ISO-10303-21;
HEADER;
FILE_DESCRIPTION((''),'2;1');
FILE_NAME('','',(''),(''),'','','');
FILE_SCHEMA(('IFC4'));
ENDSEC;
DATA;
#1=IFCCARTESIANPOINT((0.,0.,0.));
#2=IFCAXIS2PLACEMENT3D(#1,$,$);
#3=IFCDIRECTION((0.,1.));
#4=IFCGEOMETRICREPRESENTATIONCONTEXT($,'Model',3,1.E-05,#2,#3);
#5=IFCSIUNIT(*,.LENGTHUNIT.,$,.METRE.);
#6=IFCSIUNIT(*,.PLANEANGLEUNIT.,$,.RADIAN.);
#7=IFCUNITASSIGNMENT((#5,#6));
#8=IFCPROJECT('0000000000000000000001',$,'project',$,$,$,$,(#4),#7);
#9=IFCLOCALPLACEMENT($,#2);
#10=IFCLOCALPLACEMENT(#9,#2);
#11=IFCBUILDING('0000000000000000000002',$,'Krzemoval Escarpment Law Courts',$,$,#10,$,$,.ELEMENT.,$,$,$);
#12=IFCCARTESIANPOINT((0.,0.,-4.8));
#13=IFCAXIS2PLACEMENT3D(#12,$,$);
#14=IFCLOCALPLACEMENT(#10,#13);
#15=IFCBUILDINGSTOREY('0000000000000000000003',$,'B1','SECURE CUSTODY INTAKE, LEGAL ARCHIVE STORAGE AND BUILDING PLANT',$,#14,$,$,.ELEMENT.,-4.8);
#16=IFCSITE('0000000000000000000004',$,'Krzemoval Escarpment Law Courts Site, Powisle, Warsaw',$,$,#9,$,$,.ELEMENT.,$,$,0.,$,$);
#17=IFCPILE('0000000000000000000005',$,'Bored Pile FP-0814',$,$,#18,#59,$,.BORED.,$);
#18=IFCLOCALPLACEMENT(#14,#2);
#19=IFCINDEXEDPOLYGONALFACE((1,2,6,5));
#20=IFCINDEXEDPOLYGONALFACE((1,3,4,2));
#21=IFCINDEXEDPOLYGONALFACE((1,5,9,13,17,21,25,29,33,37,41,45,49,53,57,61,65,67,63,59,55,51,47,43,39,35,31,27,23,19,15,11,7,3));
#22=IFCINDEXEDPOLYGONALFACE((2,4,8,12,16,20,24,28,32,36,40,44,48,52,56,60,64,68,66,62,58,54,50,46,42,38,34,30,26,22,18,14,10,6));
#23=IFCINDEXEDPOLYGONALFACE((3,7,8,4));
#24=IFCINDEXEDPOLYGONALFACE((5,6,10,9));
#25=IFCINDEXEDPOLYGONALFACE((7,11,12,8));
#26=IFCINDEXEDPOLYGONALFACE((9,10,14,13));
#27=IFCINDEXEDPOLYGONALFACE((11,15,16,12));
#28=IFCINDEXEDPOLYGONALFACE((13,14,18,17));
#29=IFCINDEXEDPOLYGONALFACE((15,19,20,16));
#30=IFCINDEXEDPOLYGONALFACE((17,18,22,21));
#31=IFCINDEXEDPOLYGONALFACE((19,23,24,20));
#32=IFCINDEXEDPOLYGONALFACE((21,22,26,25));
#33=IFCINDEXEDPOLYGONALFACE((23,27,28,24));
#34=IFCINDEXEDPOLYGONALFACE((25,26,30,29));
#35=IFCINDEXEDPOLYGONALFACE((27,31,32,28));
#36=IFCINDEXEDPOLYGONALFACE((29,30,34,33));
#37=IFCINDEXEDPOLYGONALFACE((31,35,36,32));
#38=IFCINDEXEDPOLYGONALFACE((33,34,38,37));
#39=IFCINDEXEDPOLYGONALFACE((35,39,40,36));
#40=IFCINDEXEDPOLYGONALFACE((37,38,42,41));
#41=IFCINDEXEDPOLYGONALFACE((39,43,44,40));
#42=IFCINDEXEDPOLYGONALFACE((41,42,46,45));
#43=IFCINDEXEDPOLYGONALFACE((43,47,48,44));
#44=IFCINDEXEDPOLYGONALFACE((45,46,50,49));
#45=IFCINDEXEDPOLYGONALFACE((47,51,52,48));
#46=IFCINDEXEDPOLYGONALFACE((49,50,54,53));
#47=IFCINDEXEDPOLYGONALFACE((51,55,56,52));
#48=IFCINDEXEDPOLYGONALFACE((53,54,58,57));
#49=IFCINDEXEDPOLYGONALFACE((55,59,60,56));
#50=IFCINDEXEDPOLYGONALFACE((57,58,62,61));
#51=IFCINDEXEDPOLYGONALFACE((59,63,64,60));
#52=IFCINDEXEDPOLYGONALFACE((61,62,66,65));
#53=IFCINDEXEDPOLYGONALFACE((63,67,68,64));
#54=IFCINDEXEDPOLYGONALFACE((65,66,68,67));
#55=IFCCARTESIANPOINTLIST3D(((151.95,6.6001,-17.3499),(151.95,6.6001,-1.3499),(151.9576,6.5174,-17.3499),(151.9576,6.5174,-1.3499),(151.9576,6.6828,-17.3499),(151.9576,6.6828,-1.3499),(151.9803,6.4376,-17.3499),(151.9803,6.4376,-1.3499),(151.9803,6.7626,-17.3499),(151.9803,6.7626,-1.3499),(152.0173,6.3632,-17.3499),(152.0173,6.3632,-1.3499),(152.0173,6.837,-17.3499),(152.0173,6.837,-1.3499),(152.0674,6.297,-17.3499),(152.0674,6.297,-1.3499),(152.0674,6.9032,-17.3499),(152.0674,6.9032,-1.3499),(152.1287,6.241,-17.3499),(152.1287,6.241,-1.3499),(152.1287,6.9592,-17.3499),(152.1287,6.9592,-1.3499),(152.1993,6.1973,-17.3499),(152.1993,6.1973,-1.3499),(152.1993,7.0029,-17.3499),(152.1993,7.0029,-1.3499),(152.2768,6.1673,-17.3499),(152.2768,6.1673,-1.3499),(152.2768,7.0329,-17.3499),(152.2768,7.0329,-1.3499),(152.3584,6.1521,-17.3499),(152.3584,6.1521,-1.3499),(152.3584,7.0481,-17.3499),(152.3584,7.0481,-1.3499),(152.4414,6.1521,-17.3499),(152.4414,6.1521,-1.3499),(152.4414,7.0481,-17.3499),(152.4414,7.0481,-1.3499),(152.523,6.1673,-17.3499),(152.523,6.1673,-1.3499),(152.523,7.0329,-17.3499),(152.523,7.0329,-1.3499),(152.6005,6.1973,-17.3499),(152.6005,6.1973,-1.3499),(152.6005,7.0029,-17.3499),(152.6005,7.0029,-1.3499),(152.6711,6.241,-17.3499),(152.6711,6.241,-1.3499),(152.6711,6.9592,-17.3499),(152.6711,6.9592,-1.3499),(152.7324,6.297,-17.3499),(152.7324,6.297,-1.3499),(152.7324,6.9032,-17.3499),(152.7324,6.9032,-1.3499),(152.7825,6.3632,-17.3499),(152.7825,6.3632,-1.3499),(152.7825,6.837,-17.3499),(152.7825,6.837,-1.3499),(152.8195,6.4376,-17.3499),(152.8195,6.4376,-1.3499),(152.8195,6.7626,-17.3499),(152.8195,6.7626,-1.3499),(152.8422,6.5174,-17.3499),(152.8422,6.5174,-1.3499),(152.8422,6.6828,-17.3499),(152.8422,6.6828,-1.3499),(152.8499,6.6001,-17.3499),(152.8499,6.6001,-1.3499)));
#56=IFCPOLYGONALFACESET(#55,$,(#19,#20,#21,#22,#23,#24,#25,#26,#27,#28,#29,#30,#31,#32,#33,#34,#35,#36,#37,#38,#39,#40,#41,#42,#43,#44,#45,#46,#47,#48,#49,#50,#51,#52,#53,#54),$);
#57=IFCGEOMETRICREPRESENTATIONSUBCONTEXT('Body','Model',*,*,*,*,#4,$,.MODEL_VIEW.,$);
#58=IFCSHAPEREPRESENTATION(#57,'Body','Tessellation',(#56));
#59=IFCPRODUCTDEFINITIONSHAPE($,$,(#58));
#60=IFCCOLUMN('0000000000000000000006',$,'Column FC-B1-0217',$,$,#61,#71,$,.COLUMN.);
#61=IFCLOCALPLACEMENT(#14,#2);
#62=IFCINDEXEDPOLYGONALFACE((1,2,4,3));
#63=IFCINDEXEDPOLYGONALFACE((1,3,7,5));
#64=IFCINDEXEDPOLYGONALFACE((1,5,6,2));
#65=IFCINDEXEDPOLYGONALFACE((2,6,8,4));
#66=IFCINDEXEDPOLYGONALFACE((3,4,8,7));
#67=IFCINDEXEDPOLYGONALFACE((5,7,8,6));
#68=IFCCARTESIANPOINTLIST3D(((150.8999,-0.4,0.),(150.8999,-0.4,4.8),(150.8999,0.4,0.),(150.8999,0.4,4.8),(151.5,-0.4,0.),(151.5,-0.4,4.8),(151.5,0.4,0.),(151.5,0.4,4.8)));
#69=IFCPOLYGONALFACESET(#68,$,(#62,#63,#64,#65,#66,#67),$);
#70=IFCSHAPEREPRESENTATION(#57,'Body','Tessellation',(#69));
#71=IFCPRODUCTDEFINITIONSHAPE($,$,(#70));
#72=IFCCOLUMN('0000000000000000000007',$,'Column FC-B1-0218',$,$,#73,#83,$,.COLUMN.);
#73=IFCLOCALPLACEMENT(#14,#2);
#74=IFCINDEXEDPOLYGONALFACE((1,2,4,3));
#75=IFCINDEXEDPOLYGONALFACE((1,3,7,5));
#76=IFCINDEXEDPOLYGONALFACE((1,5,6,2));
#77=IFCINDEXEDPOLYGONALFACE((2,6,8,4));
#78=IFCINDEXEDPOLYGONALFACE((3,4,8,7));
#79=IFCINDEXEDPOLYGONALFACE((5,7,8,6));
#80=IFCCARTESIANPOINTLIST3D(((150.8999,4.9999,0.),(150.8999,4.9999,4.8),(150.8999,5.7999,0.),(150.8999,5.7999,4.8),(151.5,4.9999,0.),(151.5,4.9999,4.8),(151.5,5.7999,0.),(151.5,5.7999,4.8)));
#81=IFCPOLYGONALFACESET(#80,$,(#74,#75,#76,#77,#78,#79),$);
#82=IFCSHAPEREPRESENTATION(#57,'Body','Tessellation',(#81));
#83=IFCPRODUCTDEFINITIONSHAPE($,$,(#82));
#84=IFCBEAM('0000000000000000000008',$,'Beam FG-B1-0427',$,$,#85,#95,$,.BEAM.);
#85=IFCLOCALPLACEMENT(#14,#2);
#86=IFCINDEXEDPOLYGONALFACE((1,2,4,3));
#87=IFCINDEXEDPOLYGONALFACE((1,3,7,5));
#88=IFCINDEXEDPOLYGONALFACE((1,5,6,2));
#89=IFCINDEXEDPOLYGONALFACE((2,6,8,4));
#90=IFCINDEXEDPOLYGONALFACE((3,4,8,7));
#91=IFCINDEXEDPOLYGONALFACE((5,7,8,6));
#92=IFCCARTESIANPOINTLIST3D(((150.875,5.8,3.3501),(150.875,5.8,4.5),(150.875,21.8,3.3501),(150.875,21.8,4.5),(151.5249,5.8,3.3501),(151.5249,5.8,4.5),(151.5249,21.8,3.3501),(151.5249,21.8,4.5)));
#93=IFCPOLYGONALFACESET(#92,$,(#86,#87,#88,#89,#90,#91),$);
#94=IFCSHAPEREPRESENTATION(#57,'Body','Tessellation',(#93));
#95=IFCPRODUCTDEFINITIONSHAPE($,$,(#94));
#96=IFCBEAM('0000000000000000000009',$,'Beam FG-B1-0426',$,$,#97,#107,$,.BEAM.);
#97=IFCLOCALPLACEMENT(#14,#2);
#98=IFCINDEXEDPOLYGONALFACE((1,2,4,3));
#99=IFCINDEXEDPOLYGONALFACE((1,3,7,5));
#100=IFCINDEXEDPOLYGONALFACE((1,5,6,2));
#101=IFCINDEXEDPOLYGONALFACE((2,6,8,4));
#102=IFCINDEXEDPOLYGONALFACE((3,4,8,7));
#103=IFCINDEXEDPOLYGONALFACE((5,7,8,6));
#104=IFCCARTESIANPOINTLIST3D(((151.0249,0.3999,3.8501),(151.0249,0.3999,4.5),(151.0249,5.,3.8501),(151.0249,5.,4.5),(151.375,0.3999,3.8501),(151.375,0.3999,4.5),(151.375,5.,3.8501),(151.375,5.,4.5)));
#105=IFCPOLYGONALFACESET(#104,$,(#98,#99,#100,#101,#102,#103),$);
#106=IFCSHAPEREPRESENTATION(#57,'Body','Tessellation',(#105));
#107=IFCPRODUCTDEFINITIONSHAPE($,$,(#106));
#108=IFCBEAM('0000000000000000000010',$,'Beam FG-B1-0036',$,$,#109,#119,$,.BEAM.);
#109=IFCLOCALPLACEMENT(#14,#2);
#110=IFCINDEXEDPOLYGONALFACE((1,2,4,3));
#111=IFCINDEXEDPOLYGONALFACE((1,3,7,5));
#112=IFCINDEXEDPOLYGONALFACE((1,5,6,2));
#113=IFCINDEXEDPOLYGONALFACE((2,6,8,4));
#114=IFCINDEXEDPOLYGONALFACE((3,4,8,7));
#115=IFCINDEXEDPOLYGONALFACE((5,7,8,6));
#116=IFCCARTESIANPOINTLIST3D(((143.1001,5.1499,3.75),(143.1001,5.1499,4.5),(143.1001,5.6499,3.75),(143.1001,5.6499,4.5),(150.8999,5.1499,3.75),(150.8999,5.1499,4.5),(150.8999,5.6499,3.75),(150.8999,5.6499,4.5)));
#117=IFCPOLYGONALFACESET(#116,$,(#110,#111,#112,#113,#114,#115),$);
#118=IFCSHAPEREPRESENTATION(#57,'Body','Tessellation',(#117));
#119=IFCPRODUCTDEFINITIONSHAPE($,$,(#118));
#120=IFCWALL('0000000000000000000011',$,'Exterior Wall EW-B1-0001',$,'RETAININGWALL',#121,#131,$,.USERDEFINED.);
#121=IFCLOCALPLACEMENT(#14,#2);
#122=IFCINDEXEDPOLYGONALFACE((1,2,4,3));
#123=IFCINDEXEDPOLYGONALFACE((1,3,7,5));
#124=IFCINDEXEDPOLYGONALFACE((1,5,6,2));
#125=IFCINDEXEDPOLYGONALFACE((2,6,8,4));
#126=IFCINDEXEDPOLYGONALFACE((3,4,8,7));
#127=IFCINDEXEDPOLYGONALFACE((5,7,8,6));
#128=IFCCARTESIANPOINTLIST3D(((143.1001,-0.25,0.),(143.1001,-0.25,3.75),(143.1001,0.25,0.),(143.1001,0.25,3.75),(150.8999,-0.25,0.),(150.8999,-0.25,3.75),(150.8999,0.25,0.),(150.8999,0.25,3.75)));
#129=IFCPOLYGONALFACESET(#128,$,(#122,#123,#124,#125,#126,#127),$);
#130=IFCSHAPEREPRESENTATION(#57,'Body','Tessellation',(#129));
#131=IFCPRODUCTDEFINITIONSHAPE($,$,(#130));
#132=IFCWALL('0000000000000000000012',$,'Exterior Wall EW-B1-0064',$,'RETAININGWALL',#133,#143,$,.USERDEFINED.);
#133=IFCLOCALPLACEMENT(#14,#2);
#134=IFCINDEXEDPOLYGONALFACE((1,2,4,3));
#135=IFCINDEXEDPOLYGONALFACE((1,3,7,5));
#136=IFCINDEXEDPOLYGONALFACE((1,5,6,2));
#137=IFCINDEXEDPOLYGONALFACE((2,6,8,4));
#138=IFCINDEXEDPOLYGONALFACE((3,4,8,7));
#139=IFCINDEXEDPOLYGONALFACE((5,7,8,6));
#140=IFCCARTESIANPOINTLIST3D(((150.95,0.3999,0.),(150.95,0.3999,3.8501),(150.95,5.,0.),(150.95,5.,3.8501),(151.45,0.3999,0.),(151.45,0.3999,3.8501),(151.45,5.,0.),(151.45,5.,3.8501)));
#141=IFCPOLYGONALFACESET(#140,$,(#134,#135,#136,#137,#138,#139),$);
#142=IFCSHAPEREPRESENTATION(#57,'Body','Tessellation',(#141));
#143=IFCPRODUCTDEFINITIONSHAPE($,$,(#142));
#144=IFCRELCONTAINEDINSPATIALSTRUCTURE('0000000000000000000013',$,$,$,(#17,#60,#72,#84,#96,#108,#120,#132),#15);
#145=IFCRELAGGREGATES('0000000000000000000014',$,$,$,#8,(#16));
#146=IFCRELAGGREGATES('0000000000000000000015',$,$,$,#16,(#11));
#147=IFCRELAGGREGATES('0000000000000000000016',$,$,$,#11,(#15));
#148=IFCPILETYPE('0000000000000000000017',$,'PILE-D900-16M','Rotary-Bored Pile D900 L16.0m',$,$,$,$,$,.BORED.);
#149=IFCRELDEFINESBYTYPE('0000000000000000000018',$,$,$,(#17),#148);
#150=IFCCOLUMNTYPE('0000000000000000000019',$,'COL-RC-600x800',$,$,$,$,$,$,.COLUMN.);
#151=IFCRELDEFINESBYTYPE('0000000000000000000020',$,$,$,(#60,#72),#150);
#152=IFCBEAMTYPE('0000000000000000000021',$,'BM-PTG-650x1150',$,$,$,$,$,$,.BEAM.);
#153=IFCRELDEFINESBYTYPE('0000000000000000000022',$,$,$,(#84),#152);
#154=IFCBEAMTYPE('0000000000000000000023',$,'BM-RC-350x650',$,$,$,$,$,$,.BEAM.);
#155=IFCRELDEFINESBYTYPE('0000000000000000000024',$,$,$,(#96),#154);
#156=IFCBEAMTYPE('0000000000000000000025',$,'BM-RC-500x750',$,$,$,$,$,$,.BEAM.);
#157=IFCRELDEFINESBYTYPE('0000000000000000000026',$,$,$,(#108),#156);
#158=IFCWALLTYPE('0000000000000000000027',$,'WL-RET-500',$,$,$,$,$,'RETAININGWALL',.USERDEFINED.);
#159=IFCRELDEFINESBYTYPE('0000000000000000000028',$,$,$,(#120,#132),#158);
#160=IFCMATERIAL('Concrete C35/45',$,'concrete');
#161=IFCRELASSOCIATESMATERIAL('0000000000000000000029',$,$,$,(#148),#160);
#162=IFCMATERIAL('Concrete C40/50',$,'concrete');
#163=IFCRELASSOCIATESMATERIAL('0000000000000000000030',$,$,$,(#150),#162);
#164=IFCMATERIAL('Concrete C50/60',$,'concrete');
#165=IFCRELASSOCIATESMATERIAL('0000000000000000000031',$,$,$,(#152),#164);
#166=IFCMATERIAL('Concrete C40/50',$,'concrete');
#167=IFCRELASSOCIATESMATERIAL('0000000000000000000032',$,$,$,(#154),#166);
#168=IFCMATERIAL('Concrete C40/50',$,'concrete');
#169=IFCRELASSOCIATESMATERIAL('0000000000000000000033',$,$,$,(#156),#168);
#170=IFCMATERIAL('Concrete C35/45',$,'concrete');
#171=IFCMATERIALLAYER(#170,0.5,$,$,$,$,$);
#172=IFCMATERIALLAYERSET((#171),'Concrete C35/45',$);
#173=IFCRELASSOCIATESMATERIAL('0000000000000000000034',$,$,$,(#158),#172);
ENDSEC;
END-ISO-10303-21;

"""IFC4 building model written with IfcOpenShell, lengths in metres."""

from ifc_helpers import new_model, si_unit, direction, frame, frame_2d, origin, origin_2d, place, context, subcontext, project, spatial, rectangle, circle, extrude, material, layer, layer_set, material_profile, profile_set, type_object, element, save


model = new_model("IFC4")

# Units and contexts
model_context = context("Model", 3, precision=1e-05, world=origin(), true_north=direction((0.0, 1.0)))
body_context = subcontext(model_context, "Body", "Model", "MODEL_VIEW")
ifc_project = project(units=[si_unit("LENGTHUNIT", "METRE"), si_unit("PLANEANGLEUNIT", "RADIAN")], contexts=[model_context])

# Site, building, storey
site_placement = place(None, origin())
site = spatial("IfcSite", under=ifc_project, at=site_placement, Name="Krzemoval Escarpment Law Courts Site, Powisle, Warsaw", CompositionType="ELEMENT", RefElevation=0.0)
building_placement = place(site_placement, origin())
building = spatial("IfcBuilding", under=site, at=building_placement, Name="Krzemoval Escarpment Law Courts", CompositionType="ELEMENT")
storey_placement = place(building_placement, frame((0.0, 0.0, -4.8)))
storey = spatial("IfcBuildingStorey", under=building, at=storey_placement, Name="B1", Description="SECURE CUSTODY INTAKE, LEGAL ARCHIVE STORAGE AND BUILDING PLANT", CompositionType="ELEMENT", Elevation=-4.8)

# Pile
ifc_material_1 = material(Name="Concrete C35/45", Category="concrete")
ifc_material_profile_1 = material_profile(ifc_material_1, circle(Radius=0.45, at=origin_2d()), Name="PILE D900")
ifc_profile_set_1 = profile_set([ifc_material_profile_1], Name="Concrete C35/45")
pile_type = type_object("IfcPileType", Name="PILE-D900-16M", Description="Rotary-Bored Pile D900 L16.0m", PredefinedType="BORED", material=ifc_profile_set_1)
for number, where, z_axis, x_axis, name in (
    (1, (152.3999, 6.6001, -1.3499), (0.0, 0.0, -1.0), (1.0, 0.0, 0.0), "Bored Pile FP-0814"),
):
    element("IfcPile", number, at=place(storey_placement, frame(where, z_axis=z_axis, x_axis=x_axis)), inside=storey, type_object=pile_type, Name=name, PredefinedType="BORED", context=body_context, shape_type="SweptSolid", body=[
        extrude(circle(Radius=0.45, at=origin_2d()), origin(), (0.0, 0.0, 1.0), 16.0),
    ])

# Columns
ifc_material_2 = material(Name="Concrete C40/50", Category="concrete")
ifc_material_profile_2 = material_profile(ifc_material_2, rectangle(XDim=0.6001, YDim=0.8, at=origin_2d()), Name="RC 600x800")
ifc_profile_set_2 = profile_set([ifc_material_profile_2], Name="Concrete C40/50")
column_type = type_object("IfcColumnType", Name="COL-RC-600x800", PredefinedType="COLUMN", material=ifc_profile_set_2)
for number, where, z_axis, x_axis, name in (
    (2, (151.2, 0.0, 0.0), (0.0, 0.0, 1.0), (1.0, 0.0, 0.0), "Column FC-B1-0217"),
    (3, (151.2, 5.3999, 0.0), (0.0, 0.0, 1.0), (1.0, 0.0, 0.0), "Column FC-B1-0218"),
):
    element("IfcColumn", number, at=place(storey_placement, frame(where, z_axis=z_axis, x_axis=x_axis)), inside=storey, type_object=column_type, Name=name, PredefinedType="COLUMN", context=body_context, shape_type="SweptSolid", body=[
        extrude(rectangle(XDim=0.6001, YDim=0.8, at=origin_2d()), origin(), (0.0, 0.0, 1.0), 4.8),
    ])

# Beams
ifc_material_3 = material(Name="Concrete C50/60", Category="concrete")
ifc_material_profile_3 = material_profile(ifc_material_3, rectangle(XDim=0.6499, YDim=1.1499, at=origin_2d()), Name="PTG 650x1150")
ifc_profile_set_3 = profile_set([ifc_material_profile_3], Name="Concrete C50/60")
beam_type_1 = type_object("IfcBeamType", Name="BM-PTG-650x1150", PredefinedType="BEAM", material=ifc_profile_set_3)
beam_1_placement = place(storey_placement, frame((151.2, 5.8, 3.925), z_axis=(0.0, 1.0, 0.0), x_axis=(-1.0, 0.0, 0.0)))
element("IfcBeam", 4, at=beam_1_placement, inside=storey, type_object=beam_type_1, Name="Beam FG-B1-0427", PredefinedType="BEAM", context=body_context, shape_type="SweptSolid", body=[
    extrude(rectangle(XDim=0.6499, YDim=1.1499, at=origin_2d()), origin(), (0.0, 0.0, 1.0), 16.0),
])
ifc_material_4 = material(Name="Concrete C40/50", Category="concrete")
ifc_material_profile_4 = material_profile(ifc_material_4, rectangle(XDim=0.3501, YDim=0.6499, at=origin_2d()), Name="RCB 350x650")
ifc_profile_set_4 = profile_set([ifc_material_profile_4], Name="Concrete C40/50")
beam_type_2 = type_object("IfcBeamType", Name="BM-RC-350x650", PredefinedType="BEAM", material=ifc_profile_set_4)
beam_2_placement = place(storey_placement, frame((151.2, 0.3999, 4.175), z_axis=(0.0, 1.0, 0.0), x_axis=(-1.0, 0.0, 0.0)))
element("IfcBeam", 5, at=beam_2_placement, inside=storey, type_object=beam_type_2, Name="Beam FG-B1-0426", PredefinedType="BEAM", context=body_context, shape_type="SweptSolid", body=[
    extrude(rectangle(XDim=0.3501, YDim=0.6499, at=origin_2d()), origin(), (0.0, 0.0, 1.0), 4.6001),
])
ifc_material_5 = material(Name="Concrete C40/50", Category="concrete")
ifc_material_profile_5 = material_profile(ifc_material_5, rectangle(XDim=0.5, YDim=0.75, at=origin_2d()), Name="RCB 500x750")
ifc_profile_set_5 = profile_set([ifc_material_profile_5], Name="Concrete C40/50")
beam_type_3 = type_object("IfcBeamType", Name="BM-RC-500x750", PredefinedType="BEAM", material=ifc_profile_set_5)
beam_3_placement = place(storey_placement, frame((143.1001, 5.3999, 4.125), z_axis=(1.0, 0.0, 0.0), x_axis=(0.0, 1.0, 0.0)))
element("IfcBeam", 6, at=beam_3_placement, inside=storey, type_object=beam_type_3, Name="Beam FG-B1-0036", PredefinedType="BEAM", context=body_context, shape_type="SweptSolid", body=[
    extrude(rectangle(XDim=0.5, YDim=0.75, at=origin_2d()), origin(), (0.0, 0.0, 1.0), 7.7998),
])

# Walls
ifc_material_6 = material(Name="Concrete C35/45", Category="concrete")
ifc_layer = layer(ifc_material_6, 0.5)
ifc_layer_set = layer_set([ifc_layer], Name="Concrete C35/45")
wall_type = type_object("IfcWallType", Name="WL-RET-500", ElementType="RETAININGWALL", PredefinedType="USERDEFINED", material=ifc_layer_set)
wall_1_placement = place(storey_placement, frame((150.8999, 0.0, 0.0), z_axis=(0.0, 0.0, 1.0), x_axis=(-1.0, 0.0, 0.0)))
element("IfcWall", 7, at=wall_1_placement, inside=storey, type_object=wall_type, Name="Exterior Wall EW-B1-0001", ObjectType="RETAININGWALL", PredefinedType="USERDEFINED", context=body_context, shape_type="SweptSolid", body=[
    extrude(rectangle(XDim=7.7998, YDim=0.5, at=frame_2d((3.8999, 0.0))), origin(), (0.0, 0.0, 1.0), 3.75),
])
wall_2_placement = place(storey_placement, frame((151.2, 5.0, 0.0), z_axis=(0.0, 0.0, 1.0), x_axis=(0.0, -1.0, 0.0)))
element("IfcWall", 8, at=wall_2_placement, inside=storey, type_object=wall_type, Name="Exterior Wall EW-B1-0064", ObjectType="RETAININGWALL", PredefinedType="USERDEFINED", context=body_context, shape_type="SweptSolid", body=[
    extrude(rectangle(XDim=4.6001, YDim=0.5, at=frame_2d((2.3, 0.0))), origin(), (0.0, 0.0, 1.0), 3.8501),
])

save(model, "model.ifc")
